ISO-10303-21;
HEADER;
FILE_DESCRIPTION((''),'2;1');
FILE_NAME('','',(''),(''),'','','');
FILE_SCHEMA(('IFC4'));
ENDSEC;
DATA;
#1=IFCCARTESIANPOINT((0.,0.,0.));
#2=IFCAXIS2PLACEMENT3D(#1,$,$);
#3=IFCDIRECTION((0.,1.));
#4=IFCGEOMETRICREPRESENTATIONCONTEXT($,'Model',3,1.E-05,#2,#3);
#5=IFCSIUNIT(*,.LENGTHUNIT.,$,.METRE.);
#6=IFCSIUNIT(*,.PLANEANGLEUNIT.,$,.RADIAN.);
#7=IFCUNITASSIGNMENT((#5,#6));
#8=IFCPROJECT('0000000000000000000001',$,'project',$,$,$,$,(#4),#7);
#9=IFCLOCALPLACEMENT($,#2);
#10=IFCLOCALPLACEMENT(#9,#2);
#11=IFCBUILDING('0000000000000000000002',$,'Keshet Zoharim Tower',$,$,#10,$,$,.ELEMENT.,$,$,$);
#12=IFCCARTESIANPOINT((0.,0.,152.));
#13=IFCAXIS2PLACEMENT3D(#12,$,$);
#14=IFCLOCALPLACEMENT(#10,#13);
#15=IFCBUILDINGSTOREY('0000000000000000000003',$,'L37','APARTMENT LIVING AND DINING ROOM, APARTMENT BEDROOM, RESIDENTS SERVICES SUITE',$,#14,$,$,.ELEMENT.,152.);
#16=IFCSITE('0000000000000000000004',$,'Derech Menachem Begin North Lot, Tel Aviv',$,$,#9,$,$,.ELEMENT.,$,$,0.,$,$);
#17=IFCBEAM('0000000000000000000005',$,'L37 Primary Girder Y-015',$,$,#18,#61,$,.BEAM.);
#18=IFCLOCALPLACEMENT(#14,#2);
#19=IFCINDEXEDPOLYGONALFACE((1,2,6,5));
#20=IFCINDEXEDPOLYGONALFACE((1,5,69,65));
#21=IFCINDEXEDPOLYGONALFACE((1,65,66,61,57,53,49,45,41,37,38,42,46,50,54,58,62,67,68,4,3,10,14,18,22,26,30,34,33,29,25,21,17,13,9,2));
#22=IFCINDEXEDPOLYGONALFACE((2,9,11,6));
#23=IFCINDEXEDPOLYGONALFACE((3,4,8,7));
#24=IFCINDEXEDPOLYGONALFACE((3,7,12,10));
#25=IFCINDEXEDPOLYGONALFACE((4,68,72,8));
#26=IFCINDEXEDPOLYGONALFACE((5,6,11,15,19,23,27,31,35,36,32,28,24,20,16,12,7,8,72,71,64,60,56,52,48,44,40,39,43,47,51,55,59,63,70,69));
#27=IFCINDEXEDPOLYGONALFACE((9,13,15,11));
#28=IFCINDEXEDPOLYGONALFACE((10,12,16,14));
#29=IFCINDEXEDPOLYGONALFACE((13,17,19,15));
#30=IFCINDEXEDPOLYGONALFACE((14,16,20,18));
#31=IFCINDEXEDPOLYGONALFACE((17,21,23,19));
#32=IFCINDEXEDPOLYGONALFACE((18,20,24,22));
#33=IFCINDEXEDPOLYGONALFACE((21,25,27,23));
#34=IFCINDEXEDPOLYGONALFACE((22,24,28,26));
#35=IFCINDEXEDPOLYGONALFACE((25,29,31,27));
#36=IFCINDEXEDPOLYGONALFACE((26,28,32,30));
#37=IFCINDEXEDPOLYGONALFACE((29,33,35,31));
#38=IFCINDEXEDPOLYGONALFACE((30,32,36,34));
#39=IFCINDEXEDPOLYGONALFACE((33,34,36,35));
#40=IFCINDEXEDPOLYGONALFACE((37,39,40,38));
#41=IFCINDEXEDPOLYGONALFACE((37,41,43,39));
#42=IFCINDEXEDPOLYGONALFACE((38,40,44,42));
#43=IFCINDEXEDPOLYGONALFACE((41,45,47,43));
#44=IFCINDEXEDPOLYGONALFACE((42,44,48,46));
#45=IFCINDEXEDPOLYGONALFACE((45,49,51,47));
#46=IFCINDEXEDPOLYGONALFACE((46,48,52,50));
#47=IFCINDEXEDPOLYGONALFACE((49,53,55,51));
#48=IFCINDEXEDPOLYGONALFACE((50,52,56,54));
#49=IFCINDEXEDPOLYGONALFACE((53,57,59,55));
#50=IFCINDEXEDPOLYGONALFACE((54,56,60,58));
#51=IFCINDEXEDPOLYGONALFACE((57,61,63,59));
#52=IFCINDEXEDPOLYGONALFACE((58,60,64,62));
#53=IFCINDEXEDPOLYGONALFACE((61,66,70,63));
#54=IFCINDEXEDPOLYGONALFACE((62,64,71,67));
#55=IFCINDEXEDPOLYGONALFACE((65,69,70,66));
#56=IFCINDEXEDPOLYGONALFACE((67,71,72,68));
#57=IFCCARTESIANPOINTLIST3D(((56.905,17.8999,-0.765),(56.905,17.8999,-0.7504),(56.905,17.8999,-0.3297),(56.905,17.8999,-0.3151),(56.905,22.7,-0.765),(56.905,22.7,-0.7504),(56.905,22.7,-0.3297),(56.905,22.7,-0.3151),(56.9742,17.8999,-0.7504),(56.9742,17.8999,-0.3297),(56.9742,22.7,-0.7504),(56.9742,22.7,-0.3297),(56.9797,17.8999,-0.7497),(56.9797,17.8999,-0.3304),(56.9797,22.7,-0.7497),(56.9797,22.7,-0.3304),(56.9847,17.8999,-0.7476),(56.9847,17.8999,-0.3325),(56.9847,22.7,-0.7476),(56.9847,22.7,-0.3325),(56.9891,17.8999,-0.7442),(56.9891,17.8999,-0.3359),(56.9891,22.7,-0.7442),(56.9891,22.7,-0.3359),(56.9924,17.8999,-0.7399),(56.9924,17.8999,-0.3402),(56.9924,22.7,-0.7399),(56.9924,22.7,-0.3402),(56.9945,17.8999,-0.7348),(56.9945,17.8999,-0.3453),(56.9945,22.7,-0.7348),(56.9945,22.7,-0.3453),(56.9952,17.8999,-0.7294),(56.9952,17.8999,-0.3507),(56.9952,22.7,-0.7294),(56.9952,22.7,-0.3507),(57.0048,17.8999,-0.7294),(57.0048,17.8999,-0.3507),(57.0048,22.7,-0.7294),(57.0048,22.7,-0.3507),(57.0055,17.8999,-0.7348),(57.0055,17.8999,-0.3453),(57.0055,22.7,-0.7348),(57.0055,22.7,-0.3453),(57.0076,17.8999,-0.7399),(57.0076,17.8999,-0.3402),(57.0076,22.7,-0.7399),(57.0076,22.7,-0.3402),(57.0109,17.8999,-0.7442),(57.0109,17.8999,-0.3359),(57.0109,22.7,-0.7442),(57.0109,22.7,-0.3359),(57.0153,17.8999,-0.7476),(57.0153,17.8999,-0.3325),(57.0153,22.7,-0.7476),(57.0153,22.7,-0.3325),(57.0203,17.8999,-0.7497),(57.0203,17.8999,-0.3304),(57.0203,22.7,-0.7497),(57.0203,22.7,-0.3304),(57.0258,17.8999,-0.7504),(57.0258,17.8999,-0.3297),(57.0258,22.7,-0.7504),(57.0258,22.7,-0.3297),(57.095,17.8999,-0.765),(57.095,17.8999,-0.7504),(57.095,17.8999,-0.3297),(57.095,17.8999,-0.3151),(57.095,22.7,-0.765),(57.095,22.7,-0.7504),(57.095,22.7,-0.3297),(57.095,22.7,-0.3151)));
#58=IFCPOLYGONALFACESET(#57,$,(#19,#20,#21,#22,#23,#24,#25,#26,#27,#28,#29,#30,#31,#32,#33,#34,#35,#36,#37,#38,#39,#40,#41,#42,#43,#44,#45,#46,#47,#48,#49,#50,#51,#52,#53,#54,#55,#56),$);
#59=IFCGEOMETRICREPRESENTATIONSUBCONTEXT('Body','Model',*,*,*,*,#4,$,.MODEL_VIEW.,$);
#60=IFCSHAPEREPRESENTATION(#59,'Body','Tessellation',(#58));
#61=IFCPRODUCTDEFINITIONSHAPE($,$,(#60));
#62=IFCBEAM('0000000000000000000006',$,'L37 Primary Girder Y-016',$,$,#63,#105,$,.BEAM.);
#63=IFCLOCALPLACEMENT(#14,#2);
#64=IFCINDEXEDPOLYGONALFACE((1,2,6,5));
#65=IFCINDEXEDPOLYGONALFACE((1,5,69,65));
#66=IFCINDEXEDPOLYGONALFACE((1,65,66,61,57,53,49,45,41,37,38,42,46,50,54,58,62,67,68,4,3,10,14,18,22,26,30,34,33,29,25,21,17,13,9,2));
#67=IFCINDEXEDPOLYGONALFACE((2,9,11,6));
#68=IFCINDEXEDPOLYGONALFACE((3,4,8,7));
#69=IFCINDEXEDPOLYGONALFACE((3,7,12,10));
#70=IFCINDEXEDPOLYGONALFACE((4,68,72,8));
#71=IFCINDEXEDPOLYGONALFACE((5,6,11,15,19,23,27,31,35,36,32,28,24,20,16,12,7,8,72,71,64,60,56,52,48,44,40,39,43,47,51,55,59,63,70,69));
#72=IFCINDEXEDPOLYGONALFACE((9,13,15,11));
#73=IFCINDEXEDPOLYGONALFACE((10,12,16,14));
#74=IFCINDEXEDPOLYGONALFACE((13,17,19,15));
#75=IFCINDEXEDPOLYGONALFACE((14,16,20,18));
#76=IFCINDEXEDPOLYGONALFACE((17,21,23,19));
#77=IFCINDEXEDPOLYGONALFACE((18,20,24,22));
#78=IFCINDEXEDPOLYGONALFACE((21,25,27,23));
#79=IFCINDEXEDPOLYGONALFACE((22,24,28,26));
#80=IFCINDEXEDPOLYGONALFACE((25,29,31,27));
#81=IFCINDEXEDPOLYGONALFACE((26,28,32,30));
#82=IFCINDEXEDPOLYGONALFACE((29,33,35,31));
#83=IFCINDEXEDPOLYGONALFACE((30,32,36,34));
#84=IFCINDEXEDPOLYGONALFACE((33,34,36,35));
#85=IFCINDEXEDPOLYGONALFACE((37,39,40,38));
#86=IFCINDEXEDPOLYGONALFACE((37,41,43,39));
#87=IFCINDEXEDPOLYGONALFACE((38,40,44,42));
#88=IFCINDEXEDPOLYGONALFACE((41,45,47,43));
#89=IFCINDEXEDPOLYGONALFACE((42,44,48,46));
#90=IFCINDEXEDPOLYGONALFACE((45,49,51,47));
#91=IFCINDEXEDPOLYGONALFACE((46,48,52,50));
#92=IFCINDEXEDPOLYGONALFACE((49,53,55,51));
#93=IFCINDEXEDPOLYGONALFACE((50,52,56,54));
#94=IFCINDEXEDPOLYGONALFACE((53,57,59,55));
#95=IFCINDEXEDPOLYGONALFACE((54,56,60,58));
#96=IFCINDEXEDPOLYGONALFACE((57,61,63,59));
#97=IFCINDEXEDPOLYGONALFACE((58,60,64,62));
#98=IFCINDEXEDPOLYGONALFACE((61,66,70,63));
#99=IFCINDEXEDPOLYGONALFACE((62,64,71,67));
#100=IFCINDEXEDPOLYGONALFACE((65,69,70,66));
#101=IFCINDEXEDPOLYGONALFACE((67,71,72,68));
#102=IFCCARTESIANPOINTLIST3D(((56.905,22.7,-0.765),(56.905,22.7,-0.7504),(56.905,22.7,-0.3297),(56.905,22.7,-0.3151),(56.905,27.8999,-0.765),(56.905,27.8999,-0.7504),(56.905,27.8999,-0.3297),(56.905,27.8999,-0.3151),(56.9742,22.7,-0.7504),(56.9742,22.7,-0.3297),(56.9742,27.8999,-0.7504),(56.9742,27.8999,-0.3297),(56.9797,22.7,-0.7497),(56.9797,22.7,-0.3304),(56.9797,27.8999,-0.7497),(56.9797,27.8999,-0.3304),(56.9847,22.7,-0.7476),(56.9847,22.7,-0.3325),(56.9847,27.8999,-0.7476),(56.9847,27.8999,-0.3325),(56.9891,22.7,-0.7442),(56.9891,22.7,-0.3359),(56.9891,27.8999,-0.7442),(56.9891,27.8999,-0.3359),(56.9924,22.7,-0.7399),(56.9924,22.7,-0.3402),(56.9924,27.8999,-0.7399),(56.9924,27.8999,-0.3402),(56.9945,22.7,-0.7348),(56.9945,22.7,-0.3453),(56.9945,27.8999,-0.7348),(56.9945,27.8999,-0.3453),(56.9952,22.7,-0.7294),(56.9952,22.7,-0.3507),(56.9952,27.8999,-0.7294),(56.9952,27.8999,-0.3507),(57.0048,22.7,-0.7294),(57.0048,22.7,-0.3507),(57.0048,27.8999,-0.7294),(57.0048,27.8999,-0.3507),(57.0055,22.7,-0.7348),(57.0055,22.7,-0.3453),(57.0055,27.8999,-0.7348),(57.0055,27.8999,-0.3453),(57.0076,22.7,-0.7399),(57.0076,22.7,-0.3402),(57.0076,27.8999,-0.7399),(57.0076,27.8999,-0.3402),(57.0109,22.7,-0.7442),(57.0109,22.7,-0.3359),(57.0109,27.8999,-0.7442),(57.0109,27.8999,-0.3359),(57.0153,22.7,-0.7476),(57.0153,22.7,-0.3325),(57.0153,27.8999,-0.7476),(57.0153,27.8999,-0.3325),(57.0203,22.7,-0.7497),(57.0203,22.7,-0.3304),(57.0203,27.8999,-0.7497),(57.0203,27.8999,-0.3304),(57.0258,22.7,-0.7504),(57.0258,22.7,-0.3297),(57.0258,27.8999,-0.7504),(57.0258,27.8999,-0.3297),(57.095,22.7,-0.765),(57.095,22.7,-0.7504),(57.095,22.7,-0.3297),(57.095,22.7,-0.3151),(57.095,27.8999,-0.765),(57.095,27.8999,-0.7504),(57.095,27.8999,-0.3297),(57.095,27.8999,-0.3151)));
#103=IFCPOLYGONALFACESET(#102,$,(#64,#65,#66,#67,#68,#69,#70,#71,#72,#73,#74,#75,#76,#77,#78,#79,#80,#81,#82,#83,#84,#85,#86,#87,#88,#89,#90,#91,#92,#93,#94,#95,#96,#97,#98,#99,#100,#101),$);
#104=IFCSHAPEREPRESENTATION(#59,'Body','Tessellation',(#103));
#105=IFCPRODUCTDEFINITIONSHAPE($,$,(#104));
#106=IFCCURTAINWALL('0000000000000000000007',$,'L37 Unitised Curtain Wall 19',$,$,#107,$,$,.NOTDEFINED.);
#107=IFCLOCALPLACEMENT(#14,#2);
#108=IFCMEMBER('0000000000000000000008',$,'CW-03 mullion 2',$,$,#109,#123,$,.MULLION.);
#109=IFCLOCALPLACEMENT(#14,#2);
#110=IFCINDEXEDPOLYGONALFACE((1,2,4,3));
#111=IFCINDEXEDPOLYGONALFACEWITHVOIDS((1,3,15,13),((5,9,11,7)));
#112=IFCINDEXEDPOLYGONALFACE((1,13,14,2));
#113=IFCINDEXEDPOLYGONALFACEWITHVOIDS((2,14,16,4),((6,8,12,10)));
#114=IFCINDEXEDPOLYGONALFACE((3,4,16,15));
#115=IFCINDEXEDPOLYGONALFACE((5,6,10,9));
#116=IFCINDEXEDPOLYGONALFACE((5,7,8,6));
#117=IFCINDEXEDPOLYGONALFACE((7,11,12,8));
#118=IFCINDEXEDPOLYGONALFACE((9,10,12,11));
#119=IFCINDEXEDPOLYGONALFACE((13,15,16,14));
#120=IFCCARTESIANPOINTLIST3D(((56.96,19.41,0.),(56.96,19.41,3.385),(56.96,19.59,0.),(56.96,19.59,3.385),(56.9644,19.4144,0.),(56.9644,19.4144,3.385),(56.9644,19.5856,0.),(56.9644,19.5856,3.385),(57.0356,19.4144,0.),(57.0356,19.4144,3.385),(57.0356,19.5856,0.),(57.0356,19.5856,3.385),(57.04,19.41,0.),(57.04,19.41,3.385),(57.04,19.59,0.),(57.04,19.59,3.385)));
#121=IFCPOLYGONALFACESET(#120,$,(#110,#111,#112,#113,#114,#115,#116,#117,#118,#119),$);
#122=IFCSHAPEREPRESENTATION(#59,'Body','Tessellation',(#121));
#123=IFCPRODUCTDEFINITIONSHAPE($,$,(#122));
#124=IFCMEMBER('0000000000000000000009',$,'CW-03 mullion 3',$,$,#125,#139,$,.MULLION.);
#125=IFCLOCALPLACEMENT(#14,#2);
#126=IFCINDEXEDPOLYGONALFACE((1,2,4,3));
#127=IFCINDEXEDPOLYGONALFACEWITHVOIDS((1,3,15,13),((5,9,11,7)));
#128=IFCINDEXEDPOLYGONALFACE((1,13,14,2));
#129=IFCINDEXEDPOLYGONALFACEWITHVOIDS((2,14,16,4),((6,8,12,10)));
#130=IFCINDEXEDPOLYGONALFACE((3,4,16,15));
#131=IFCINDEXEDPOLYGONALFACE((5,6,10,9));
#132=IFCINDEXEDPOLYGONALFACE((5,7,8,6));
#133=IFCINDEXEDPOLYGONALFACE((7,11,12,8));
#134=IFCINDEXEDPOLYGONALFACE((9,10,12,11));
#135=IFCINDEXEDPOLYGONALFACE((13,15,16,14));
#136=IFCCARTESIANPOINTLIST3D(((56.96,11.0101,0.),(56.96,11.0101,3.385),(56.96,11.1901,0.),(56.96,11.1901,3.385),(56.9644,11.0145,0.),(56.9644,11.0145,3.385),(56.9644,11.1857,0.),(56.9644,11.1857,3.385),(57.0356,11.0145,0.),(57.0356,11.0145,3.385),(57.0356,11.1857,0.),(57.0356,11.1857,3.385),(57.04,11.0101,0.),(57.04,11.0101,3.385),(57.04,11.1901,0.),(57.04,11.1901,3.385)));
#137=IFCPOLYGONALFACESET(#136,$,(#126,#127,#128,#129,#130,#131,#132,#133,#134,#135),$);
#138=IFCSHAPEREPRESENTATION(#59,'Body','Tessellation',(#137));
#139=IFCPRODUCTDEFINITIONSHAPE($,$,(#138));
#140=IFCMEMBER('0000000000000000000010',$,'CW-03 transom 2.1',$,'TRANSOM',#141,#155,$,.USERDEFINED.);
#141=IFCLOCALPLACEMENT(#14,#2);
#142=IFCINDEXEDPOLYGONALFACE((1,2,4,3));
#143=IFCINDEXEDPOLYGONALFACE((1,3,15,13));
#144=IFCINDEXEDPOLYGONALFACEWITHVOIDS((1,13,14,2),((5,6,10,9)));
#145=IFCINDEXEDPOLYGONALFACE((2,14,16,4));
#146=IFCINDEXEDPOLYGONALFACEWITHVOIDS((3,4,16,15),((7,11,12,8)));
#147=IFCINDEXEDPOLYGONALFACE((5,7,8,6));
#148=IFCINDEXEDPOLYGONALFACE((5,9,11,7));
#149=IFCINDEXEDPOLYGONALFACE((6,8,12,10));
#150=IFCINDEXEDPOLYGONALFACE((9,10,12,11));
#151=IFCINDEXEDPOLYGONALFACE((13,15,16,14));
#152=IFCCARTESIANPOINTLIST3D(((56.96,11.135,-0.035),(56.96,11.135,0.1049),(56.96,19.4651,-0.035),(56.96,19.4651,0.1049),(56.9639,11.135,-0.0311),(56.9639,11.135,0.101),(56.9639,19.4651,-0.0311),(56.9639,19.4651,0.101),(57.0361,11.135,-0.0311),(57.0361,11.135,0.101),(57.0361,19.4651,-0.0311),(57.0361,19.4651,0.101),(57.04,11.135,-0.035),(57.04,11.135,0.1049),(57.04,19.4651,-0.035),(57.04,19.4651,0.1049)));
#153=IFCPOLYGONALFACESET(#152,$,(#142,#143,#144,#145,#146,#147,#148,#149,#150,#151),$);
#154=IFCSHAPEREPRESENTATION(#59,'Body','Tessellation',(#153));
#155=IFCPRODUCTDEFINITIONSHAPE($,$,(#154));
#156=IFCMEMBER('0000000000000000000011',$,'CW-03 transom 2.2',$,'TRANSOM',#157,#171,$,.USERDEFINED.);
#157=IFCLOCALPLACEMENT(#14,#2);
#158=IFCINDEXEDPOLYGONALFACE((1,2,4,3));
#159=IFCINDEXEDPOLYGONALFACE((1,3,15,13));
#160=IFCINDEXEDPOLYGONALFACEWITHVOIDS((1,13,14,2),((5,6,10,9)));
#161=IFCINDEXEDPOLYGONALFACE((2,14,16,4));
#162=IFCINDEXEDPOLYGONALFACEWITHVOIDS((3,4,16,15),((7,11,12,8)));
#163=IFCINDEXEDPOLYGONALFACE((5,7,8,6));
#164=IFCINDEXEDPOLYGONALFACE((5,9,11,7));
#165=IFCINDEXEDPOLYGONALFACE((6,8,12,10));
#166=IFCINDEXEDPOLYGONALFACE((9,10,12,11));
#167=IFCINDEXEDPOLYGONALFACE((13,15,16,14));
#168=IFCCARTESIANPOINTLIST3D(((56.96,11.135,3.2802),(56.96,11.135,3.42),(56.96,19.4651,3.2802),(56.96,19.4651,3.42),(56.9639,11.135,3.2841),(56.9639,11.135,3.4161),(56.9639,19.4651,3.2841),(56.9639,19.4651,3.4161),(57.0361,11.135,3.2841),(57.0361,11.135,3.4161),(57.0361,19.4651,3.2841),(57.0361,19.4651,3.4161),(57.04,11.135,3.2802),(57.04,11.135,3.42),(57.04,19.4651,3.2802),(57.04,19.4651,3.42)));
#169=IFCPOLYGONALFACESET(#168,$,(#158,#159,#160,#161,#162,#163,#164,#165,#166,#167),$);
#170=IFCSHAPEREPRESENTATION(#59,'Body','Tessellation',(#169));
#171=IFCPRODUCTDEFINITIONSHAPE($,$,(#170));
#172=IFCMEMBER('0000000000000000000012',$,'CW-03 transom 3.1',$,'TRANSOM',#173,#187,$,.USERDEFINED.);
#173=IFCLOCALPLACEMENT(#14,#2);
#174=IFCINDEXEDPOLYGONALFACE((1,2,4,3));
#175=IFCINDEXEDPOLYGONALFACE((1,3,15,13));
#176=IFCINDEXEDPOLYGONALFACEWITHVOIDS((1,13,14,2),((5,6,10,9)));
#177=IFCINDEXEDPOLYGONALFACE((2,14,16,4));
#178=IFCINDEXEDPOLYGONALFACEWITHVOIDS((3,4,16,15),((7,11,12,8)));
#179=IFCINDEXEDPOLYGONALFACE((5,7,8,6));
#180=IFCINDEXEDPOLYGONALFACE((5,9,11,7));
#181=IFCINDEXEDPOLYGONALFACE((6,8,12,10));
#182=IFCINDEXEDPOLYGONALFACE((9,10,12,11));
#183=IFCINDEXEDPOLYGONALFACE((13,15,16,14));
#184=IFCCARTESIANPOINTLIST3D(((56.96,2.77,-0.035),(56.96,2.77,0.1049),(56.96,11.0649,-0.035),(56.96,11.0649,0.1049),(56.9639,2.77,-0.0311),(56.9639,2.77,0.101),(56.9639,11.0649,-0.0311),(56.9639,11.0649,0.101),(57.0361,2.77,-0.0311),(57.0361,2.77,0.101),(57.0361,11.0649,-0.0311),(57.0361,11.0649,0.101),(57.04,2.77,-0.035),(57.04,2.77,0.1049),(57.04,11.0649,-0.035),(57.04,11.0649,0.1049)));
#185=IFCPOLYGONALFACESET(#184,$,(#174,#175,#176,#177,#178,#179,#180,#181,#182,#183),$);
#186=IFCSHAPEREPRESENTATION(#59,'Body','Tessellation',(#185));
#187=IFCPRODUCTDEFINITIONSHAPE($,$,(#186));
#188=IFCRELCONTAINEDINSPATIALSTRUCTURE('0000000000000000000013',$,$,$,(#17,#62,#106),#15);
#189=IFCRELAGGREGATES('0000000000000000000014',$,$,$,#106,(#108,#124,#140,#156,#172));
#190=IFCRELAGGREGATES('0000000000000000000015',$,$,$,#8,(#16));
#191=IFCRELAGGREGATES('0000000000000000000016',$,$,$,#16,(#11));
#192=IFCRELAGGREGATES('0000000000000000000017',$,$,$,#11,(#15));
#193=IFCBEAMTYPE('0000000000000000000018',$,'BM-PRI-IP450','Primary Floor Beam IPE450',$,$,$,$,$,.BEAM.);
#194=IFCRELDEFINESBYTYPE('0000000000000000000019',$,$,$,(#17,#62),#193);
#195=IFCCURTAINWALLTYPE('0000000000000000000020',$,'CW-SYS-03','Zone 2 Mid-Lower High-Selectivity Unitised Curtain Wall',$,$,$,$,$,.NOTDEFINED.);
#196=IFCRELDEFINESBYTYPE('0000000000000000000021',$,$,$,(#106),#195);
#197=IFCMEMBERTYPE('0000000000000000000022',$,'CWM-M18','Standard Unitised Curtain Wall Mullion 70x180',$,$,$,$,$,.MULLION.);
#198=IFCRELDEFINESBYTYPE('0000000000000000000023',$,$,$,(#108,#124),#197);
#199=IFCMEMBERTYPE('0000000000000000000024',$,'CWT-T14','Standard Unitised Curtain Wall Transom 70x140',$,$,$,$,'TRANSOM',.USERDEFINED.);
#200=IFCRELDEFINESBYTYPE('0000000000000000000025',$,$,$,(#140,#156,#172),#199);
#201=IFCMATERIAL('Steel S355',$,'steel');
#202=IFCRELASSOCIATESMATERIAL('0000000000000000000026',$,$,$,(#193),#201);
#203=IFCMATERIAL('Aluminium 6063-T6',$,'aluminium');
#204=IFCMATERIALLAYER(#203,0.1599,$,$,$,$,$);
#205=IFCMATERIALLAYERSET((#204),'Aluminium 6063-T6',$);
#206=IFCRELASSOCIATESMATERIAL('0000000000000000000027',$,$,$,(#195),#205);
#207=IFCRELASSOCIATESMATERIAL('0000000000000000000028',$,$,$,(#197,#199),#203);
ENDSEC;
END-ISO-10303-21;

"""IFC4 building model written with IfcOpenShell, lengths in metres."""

from ifc_helpers import new_model, si_unit, direction, frame, origin, origin_2d, place, context, subcontext, project, spatial, hollow_rectangle, i_section, extrude, material, layer, layer_set, material_profile, profile_set, type_object, element, aggregate, save


model = new_model("IFC4")

# Units and contexts
model_context = context("Model", 3, precision=1e-05, world=origin(), true_north=direction((0.0, 1.0)))
body_context = subcontext(model_context, "Body", "Model", "MODEL_VIEW")
ifc_project = project(units=[si_unit("LENGTHUNIT", "METRE"), si_unit("PLANEANGLEUNIT", "RADIAN")], contexts=[model_context])

# Site, building, storey
site_placement = place(None, origin())
site = spatial("IfcSite", under=ifc_project, at=site_placement, Name="Derech Menachem Begin North Lot, Tel Aviv", CompositionType="ELEMENT", RefElevation=0.0)
building_placement = place(site_placement, origin())
building = spatial("IfcBuilding", under=site, at=building_placement, Name="Keshet Zoharim Tower", CompositionType="ELEMENT")
storey_placement = place(building_placement, frame((0.0, 0.0, 152.0)))
storey = spatial("IfcBuildingStorey", under=building, at=storey_placement, Name="L37", Description="APARTMENT LIVING AND DINING ROOM, APARTMENT BEDROOM, RESIDENTS SERVICES SUITE", CompositionType="ELEMENT", Elevation=152.0)

# Shared definitions
ifc_material_1 = material(Name="Steel S355", Category="steel")

# Beams
ifc_material_profile_1 = material_profile(ifc_material_1, i_section(OverallWidth=0.1899, OverallDepth=0.45, WebThickness=0.0095, FlangeThickness=0.0146, FilletRadius=0.021, at=origin_2d()), Name="IPE450")
ifc_profile_set_1 = profile_set([ifc_material_profile_1], Name="Steel S355")
beam_type = type_object("IfcBeamType", Name="BM-PRI-IP450", Description="Primary Floor Beam IPE450", PredefinedType="BEAM", material=ifc_profile_set_1)
beam_1_placement = place(storey_placement, frame((57.0, 17.8999, -0.54), z_axis=(0.0, 1.0, 0.0), x_axis=(-1.0, 0.0, 0.0)))
element("IfcBeam", 1, at=beam_1_placement, inside=storey, type_object=beam_type, Name="L37 Primary Girder Y-015", PredefinedType="BEAM", context=body_context, shape_type="SweptSolid", body=[
    extrude(i_section(OverallWidth=0.1899, OverallDepth=0.45, WebThickness=0.0095, FlangeThickness=0.0146, FilletRadius=0.021, at=origin_2d()), origin(), (0.0, 0.0, 1.0), 4.8),
])
beam_2_placement = place(storey_placement, frame((57.0, 22.7, -0.54), z_axis=(0.0, 1.0, 0.0), x_axis=(-1.0, 0.0, 0.0)))
element("IfcBeam", 2, at=beam_2_placement, inside=storey, type_object=beam_type, Name="L37 Primary Girder Y-016", PredefinedType="BEAM", context=body_context, shape_type="SweptSolid", body=[
    extrude(i_section(OverallWidth=0.1899, OverallDepth=0.45, WebThickness=0.0095, FlangeThickness=0.0146, FilletRadius=0.021, at=origin_2d()), origin(), (0.0, 0.0, 1.0), 5.2),
])

# Curtain wall, members
ifc_material_2 = material(Name="Aluminium 6063-T6", Category="aluminium")
ifc_layer_1 = layer(ifc_material_2, 0.1599)
ifc_layer_set_1 = layer_set([ifc_layer_1], Name="Aluminium 6063-T6")
curtain_wall_type = type_object("IfcCurtainWallType", Name="CW-SYS-03", Description="Zone 2 Mid-Lower High-Selectivity Unitised Curtain Wall", PredefinedType="NOTDEFINED", material=ifc_layer_set_1)
curtain_wall_placement = place(storey_placement, origin())
curtain_wall = element("IfcCurtainWall", 3, at=curtain_wall_placement, inside=storey, type_object=curtain_wall_type, Name="L37 Unitised Curtain Wall 19", PredefinedType="NOTDEFINED")
ifc_material_profile_2 = material_profile(ifc_material_2, hollow_rectangle(XDim=0.0801, YDim=0.1799, WallThickness=0.0044, at=origin_2d()), Name="MUL-80x180")
ifc_profile_set_2 = profile_set([ifc_material_profile_2], Name="Aluminium 6063-T6")
member_type_1 = type_object("IfcMemberType", Name="CWM-M18", Description="Standard Unitised Curtain Wall Mullion 70x180", PredefinedType="MULLION", material=ifc_profile_set_2)
member_1_placement = place(storey_placement, frame((57.0, 19.5, 0.0), z_axis=(0.0, 0.0, 1.0), x_axis=(1.0, 0.0, 0.0)))
member_1 = element("IfcMember", 4, at=member_1_placement, type_object=member_type_1, Name="CW-03 mullion 2", PredefinedType="MULLION", context=body_context, shape_type="SweptSolid", body=[
    extrude(hollow_rectangle(XDim=0.0801, YDim=0.1799, WallThickness=0.0044, at=origin_2d()), origin(), (0.0, 0.0, 1.0), 3.385),
])
member_2_placement = place(storey_placement, frame((57.0, 11.1001, 0.0), z_axis=(0.0, 0.0, 1.0), x_axis=(1.0, 0.0, 0.0)))
member_2 = element("IfcMember", 5, at=member_2_placement, type_object=member_type_1, Name="CW-03 mullion 3", PredefinedType="MULLION", context=body_context, shape_type="SweptSolid", body=[
    extrude(hollow_rectangle(XDim=0.0801, YDim=0.1799, WallThickness=0.0044, at=origin_2d()), origin(), (0.0, 0.0, 1.0), 3.385),
])
ifc_material_profile_3 = material_profile(ifc_material_2, hollow_rectangle(XDim=0.0801, YDim=0.1399, WallThickness=0.0039, at=origin_2d()), Name="TRN-80x140")
ifc_profile_set_3 = profile_set([ifc_material_profile_3], Name="Aluminium 6063-T6")
member_type_2 = type_object("IfcMemberType", Name="CWT-T14", Description="Standard Unitised Curtain Wall Transom 70x140", ElementType="TRANSOM", PredefinedType="USERDEFINED", material=ifc_profile_set_3)
member_3_placement = place(storey_placement, frame((57.0, 19.4651, 0.0349), z_axis=(0.0, -1.0, 0.0), x_axis=(1.0, 0.0, 0.0)))
member_3 = element("IfcMember", 6, at=member_3_placement, type_object=member_type_2, Name="CW-03 transom 2.1", ObjectType="TRANSOM", PredefinedType="USERDEFINED", context=body_context, shape_type="SweptSolid", body=[
    extrude(hollow_rectangle(XDim=0.0801, YDim=0.1399, WallThickness=0.0039, at=origin_2d()), origin(), (0.0, 0.0, 1.0), 8.3301),
])
member_4_placement = place(storey_placement, frame((57.0, 19.4651, 3.3501), z_axis=(0.0, -1.0, 0.0), x_axis=(1.0, 0.0, 0.0)))
member_4 = element("IfcMember", 7, at=member_4_placement, type_object=member_type_2, Name="CW-03 transom 2.2", ObjectType="TRANSOM", PredefinedType="USERDEFINED", context=body_context, shape_type="SweptSolid", body=[
    extrude(hollow_rectangle(XDim=0.0801, YDim=0.1399, WallThickness=0.0039, at=origin_2d()), origin(), (0.0, 0.0, 1.0), 8.3301),
])
member_5_placement = place(storey_placement, frame((57.0, 11.0649, 0.0349), z_axis=(0.0, -1.0, 0.0), x_axis=(1.0, 0.0, 0.0)))
member_5 = element("IfcMember", 8, at=member_5_placement, type_object=member_type_2, Name="CW-03 transom 3.1", ObjectType="TRANSOM", PredefinedType="USERDEFINED", context=body_context, shape_type="SweptSolid", body=[
    extrude(hollow_rectangle(XDim=0.0801, YDim=0.1399, WallThickness=0.0039, at=origin_2d()), origin(), (0.0, 0.0, 1.0), 8.2949),
])
aggregate(curtain_wall, [member_1, member_2, member_3, member_4, member_5])

save(model, "model.ifc")
